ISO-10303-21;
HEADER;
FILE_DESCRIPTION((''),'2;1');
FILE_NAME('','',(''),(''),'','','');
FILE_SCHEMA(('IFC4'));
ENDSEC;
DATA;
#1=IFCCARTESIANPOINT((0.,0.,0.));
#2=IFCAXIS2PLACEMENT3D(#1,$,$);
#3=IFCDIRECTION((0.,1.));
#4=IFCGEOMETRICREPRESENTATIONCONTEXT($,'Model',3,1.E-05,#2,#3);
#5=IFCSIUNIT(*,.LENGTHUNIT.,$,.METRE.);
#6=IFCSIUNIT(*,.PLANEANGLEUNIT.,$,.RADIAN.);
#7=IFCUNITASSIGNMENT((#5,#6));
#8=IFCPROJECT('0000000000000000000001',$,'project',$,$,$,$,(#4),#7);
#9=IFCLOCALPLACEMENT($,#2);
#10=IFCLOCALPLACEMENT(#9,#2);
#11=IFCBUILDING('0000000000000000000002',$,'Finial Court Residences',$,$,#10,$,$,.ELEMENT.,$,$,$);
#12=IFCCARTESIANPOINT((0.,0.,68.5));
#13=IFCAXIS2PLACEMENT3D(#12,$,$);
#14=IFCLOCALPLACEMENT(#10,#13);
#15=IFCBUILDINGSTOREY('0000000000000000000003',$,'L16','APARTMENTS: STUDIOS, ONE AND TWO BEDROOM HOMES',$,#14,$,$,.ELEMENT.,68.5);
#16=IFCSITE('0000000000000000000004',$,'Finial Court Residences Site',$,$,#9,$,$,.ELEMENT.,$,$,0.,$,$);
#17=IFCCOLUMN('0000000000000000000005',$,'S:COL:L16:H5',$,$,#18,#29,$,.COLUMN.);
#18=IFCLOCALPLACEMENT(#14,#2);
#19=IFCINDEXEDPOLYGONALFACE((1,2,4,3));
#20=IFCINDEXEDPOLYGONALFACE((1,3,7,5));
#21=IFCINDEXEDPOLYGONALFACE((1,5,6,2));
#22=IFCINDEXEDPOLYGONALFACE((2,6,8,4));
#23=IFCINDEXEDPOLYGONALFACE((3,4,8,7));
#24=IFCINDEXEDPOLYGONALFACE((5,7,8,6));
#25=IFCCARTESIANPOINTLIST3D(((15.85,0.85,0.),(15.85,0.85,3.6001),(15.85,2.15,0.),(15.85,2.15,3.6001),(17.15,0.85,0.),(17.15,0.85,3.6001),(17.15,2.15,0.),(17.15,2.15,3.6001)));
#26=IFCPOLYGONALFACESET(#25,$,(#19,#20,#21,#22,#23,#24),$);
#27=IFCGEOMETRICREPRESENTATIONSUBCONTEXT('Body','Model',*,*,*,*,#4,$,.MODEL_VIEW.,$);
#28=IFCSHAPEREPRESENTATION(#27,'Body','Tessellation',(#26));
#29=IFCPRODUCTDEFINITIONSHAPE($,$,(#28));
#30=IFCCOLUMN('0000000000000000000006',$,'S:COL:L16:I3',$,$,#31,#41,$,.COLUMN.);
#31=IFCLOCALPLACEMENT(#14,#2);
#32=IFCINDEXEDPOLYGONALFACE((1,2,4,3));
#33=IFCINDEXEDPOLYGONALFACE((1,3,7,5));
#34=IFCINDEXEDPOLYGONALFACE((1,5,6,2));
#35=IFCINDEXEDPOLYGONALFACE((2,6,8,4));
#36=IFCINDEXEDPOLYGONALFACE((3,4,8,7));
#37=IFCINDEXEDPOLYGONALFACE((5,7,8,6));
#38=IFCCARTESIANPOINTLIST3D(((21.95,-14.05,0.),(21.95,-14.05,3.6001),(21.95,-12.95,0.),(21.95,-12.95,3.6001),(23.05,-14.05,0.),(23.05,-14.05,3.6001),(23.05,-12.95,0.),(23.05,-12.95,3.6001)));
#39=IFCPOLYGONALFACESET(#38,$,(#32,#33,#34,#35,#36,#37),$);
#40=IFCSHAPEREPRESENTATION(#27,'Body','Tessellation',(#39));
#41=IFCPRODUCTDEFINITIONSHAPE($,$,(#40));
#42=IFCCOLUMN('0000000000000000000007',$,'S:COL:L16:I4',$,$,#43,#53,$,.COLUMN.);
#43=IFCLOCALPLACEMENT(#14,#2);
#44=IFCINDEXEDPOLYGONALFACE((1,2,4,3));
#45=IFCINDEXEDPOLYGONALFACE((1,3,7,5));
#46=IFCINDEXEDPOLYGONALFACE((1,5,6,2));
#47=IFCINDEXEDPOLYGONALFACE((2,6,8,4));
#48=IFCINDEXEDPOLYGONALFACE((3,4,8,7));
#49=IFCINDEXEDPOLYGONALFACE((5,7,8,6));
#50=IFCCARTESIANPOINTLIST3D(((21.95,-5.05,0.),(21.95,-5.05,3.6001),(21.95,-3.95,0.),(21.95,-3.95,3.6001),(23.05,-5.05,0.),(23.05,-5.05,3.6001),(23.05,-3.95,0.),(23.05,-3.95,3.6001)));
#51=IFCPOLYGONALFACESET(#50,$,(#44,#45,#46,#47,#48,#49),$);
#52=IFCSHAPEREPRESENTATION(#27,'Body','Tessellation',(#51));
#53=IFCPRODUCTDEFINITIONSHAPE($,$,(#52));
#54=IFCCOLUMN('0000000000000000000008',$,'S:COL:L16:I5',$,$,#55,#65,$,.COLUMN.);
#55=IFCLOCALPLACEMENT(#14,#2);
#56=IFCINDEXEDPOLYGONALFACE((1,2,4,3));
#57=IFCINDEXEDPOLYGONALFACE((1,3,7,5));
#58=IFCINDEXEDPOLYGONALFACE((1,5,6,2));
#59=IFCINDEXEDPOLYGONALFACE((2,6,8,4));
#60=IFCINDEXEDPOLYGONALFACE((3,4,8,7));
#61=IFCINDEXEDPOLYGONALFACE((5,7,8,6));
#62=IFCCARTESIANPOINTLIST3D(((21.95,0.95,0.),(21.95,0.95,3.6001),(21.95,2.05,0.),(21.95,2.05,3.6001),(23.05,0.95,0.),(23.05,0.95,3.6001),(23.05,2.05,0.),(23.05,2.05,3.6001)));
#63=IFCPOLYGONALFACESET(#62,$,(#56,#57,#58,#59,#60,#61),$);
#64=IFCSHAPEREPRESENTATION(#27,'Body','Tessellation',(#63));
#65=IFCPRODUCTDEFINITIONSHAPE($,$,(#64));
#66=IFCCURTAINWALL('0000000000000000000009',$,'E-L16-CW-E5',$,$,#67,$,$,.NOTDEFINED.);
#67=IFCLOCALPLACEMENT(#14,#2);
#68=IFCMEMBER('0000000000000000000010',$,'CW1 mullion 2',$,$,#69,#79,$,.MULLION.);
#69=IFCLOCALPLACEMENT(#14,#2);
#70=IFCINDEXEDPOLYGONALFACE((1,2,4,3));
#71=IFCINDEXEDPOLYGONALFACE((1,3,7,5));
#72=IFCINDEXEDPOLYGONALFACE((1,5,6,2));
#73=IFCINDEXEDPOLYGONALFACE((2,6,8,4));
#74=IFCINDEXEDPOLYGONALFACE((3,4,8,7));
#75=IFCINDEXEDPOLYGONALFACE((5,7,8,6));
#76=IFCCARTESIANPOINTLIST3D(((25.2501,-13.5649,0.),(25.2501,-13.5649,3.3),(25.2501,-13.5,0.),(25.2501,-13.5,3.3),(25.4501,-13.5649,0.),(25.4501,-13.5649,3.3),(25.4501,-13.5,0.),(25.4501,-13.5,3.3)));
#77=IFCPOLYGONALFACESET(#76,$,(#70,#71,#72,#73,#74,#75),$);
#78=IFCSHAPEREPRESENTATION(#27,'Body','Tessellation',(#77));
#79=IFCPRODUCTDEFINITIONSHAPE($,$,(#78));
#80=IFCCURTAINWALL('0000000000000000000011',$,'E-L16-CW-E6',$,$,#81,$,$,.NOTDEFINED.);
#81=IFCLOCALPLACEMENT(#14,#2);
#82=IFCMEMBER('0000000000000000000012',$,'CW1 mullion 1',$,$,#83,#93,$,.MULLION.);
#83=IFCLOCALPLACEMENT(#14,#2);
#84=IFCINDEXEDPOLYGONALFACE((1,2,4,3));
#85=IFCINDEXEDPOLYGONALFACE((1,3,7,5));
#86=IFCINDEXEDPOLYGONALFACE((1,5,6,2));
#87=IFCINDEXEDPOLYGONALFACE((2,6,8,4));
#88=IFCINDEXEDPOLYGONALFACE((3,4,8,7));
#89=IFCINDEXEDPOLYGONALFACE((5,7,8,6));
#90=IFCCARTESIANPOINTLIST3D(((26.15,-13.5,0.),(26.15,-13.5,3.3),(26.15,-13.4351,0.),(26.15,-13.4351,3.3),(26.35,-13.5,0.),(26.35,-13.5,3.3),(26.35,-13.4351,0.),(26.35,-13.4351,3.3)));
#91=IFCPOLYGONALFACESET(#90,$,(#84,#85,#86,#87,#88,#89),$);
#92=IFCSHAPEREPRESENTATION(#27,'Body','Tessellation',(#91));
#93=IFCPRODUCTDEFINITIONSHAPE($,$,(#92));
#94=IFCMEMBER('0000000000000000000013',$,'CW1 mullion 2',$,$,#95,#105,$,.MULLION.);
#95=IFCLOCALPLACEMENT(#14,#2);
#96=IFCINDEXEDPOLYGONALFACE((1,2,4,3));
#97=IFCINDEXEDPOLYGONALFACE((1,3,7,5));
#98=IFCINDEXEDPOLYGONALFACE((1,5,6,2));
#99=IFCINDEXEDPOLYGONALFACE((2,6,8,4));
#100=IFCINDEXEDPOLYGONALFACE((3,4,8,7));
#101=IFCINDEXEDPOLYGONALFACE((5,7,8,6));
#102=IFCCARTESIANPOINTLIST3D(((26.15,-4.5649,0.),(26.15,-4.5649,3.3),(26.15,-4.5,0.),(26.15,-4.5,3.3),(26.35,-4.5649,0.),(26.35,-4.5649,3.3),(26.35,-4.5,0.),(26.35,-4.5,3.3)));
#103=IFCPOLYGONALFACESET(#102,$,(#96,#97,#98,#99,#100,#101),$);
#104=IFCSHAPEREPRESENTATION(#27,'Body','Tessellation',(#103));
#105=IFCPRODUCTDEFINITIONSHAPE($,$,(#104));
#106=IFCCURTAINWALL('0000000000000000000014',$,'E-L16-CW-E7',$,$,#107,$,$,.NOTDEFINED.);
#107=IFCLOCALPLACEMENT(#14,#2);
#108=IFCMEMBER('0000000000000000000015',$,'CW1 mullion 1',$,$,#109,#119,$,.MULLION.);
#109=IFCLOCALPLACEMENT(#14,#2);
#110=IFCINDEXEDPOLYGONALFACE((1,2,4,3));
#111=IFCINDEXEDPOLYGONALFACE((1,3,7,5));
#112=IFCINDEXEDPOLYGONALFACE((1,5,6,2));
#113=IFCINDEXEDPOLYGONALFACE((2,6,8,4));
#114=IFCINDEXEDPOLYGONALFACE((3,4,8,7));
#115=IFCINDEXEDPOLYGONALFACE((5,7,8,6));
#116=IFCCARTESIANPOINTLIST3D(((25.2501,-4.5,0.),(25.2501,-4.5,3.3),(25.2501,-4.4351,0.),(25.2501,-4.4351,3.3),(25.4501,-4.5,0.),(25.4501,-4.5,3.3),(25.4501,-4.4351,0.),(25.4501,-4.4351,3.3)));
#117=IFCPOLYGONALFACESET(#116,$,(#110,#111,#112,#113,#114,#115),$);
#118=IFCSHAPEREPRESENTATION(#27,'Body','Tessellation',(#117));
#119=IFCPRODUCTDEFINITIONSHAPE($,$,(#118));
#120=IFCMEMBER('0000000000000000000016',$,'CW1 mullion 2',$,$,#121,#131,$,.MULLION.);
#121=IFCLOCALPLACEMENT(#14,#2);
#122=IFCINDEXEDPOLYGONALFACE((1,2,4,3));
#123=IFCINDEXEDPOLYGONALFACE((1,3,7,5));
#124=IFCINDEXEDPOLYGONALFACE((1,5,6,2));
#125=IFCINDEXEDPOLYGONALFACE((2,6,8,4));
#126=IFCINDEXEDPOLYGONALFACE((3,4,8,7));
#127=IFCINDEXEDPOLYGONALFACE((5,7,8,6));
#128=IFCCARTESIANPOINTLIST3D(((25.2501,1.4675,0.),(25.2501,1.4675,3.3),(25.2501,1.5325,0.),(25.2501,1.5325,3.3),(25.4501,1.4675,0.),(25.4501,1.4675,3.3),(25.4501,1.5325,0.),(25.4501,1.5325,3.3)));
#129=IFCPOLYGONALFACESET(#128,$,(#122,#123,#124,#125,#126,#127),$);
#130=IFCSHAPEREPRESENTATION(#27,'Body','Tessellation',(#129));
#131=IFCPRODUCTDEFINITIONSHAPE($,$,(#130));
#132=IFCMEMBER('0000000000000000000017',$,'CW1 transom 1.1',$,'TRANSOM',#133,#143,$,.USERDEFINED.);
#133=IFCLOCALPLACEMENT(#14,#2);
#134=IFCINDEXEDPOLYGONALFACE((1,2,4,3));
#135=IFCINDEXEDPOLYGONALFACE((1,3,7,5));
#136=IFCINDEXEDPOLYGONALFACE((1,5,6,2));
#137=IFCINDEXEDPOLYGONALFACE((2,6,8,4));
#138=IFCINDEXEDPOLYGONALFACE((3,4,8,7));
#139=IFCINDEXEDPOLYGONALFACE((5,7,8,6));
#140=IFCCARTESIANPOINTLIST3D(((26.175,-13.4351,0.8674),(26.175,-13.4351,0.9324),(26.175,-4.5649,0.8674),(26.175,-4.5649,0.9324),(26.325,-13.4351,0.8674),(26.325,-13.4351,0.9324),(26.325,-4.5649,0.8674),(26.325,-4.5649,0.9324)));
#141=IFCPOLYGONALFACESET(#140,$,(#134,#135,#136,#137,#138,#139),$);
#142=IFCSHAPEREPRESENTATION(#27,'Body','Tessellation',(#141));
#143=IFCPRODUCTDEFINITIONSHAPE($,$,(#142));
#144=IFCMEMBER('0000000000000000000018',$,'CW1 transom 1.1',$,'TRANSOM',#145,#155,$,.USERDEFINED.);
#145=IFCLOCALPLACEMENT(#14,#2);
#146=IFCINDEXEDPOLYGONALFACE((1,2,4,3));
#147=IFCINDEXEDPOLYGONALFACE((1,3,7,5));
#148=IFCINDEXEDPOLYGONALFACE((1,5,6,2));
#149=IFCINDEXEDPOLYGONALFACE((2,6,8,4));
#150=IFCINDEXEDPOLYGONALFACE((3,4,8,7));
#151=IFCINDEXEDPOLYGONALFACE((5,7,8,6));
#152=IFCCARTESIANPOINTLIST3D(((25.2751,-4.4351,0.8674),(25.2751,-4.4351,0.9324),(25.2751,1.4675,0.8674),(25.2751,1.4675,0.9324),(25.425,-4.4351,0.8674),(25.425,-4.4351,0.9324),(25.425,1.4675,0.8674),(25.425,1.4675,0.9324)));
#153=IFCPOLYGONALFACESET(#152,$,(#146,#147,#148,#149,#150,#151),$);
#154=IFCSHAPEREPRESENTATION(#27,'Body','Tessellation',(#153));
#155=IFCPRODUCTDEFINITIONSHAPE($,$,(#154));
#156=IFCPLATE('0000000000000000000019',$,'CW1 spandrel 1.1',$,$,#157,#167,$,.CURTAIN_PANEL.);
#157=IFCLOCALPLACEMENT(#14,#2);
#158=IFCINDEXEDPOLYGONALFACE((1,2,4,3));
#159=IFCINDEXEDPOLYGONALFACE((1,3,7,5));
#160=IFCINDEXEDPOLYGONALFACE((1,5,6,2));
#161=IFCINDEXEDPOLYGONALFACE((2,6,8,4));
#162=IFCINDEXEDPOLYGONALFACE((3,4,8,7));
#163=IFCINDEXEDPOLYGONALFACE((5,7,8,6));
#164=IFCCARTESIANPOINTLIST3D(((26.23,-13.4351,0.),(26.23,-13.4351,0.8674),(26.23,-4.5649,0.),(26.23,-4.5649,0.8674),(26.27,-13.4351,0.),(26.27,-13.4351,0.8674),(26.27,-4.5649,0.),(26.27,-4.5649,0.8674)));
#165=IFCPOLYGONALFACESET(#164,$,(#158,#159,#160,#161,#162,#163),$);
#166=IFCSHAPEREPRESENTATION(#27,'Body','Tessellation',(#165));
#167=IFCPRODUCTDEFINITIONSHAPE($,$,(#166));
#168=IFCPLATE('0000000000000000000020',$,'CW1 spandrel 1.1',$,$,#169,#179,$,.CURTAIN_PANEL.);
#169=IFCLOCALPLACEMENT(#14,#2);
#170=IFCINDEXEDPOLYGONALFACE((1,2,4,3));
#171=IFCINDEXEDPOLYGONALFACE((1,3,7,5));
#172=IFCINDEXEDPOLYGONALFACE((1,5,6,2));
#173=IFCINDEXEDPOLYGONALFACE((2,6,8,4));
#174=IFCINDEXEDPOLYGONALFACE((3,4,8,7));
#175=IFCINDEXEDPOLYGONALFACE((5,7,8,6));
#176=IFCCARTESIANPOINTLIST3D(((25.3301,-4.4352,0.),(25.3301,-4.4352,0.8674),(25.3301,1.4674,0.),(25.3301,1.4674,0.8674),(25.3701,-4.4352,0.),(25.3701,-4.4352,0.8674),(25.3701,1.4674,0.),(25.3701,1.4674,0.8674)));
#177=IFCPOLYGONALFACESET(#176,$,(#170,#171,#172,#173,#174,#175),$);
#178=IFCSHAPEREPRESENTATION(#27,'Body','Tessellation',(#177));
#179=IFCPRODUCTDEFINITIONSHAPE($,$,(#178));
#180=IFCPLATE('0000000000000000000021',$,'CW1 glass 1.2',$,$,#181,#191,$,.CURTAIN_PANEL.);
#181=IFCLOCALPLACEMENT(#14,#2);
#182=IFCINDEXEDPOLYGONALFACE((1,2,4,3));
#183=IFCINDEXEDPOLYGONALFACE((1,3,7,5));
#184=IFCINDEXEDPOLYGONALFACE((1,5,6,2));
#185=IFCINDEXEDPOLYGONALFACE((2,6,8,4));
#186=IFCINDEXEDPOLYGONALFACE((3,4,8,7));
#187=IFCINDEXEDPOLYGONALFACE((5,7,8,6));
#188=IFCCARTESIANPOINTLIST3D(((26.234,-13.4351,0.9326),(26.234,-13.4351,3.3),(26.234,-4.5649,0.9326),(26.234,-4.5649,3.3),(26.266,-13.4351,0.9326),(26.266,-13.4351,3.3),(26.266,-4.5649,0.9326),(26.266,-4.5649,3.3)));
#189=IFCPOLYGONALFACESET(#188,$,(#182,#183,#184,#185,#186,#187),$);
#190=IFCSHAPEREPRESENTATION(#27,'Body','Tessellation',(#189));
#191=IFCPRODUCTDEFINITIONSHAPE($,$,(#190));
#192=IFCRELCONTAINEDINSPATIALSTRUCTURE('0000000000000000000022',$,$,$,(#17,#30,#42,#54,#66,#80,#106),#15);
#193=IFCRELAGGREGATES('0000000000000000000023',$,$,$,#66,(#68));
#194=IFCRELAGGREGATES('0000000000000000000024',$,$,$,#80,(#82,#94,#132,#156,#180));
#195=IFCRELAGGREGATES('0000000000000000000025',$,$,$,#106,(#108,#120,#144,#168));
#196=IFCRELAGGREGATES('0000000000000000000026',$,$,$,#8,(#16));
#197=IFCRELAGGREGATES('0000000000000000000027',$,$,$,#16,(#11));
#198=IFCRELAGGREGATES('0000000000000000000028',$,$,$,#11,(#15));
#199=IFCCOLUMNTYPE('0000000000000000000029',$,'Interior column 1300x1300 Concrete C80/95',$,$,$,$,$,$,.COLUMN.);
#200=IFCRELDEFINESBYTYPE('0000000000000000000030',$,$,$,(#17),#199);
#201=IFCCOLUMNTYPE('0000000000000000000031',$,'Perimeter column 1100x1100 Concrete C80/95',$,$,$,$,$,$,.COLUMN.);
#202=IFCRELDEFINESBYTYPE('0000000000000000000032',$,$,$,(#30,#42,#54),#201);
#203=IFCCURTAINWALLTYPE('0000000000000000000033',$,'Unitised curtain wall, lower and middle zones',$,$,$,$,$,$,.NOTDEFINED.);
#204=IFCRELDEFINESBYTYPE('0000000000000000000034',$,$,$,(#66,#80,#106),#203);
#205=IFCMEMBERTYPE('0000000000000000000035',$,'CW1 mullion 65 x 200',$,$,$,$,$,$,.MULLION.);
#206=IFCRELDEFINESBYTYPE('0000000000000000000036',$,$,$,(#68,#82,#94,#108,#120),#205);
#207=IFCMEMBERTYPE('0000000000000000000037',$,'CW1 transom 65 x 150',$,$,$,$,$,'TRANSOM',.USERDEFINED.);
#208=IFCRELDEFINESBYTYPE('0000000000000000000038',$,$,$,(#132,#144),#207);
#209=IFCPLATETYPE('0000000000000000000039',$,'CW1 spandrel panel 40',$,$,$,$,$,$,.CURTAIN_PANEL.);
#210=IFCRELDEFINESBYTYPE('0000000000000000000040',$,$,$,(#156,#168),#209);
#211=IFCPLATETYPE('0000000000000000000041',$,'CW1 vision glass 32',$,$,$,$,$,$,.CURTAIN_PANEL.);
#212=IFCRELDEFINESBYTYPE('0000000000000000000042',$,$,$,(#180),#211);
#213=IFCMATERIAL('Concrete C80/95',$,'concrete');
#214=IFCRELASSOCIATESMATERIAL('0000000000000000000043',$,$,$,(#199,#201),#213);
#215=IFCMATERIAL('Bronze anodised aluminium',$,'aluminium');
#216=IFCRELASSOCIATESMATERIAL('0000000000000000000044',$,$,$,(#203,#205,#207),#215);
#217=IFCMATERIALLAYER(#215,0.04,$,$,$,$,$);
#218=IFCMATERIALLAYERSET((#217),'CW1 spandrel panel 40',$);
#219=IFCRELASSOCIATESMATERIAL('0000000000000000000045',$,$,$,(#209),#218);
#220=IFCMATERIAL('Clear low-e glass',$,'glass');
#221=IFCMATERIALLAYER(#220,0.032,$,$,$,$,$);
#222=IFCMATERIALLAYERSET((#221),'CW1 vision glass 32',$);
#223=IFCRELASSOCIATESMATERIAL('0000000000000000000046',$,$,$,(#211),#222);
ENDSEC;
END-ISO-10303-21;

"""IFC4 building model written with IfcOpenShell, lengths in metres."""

from ifc_helpers import new_model, si_unit, direction, frame, origin, origin_2d, place, context, subcontext, project, spatial, rectangle, extrude, material, layer, layer_set, material_profile, profile_set, type_object, element, aggregate, save


model = new_model("IFC4")

# Units and contexts
model_context = context("Model", 3, precision=1e-05, world=origin(), true_north=direction((0.0, 1.0)))
body_context = subcontext(model_context, "Body", "Model", "MODEL_VIEW")
ifc_project = project(units=[si_unit("LENGTHUNIT", "METRE"), si_unit("PLANEANGLEUNIT", "RADIAN")], contexts=[model_context])

# Site, building, storey
site_placement = place(None, origin())
site = spatial("IfcSite", under=ifc_project, at=site_placement, Name="Finial Court Residences Site", CompositionType="ELEMENT", RefElevation=0.0)
building_placement = place(site_placement, origin())
building = spatial("IfcBuilding", under=site, at=building_placement, Name="Finial Court Residences", CompositionType="ELEMENT")
storey_placement = place(building_placement, frame((0.0, 0.0, 68.5)))
storey = spatial("IfcBuildingStorey", under=building, at=storey_placement, Name="L16", Description="APARTMENTS: STUDIOS, ONE AND TWO BEDROOM HOMES", CompositionType="ELEMENT", Elevation=68.5)

# Columns
ifc_material_1 = material(Name="Concrete C80/95", Category="concrete")
ifc_material_profile_1 = material_profile(ifc_material_1, rectangle(XDim=1.3, YDim=1.3, at=origin_2d()), Name="1300x1300")
ifc_profile_set_1 = profile_set([ifc_material_profile_1], Name="Concrete C80/95")
column_type_1 = type_object("IfcColumnType", Name="Interior column 1300x1300 Concrete C80/95", PredefinedType="COLUMN", material=ifc_profile_set_1)
column_placement = place(storey_placement, frame((16.5, 1.5, 0.0), z_axis=(0.0, 0.0, 1.0), x_axis=(1.0, 0.0, 0.0)))
element("IfcColumn", 1, at=column_placement, inside=storey, type_object=column_type_1, Name="S:COL:L16:H5", PredefinedType="COLUMN", context=body_context, shape_type="SweptSolid", body=[
    extrude(rectangle(XDim=1.3, YDim=1.3, at=origin_2d()), origin(), (0.0, 0.0, 1.0), 3.6001),
])
ifc_material_profile_2 = material_profile(ifc_material_1, rectangle(XDim=1.1001, YDim=1.1001, at=origin_2d()), Name="1100x1100")
ifc_profile_set_2 = profile_set([ifc_material_profile_2], Name="Concrete C80/95")
column_type_2 = type_object("IfcColumnType", Name="Perimeter column 1100x1100 Concrete C80/95", PredefinedType="COLUMN", material=ifc_profile_set_2)
for number, where, z_axis, x_axis, name in (
    (2, (22.5, -13.5, 0.0), (0.0, 0.0, 1.0), (1.0, 0.0, 0.0), "S:COL:L16:I3"),
    (3, (22.5, -4.5, 0.0), (0.0, 0.0, 1.0), (1.0, 0.0, 0.0), "S:COL:L16:I4"),
    (4, (22.5, 1.5, 0.0), (0.0, 0.0, 1.0), (1.0, 0.0, 0.0), "S:COL:L16:I5"),
):
    element("IfcColumn", number, at=place(storey_placement, frame(where, z_axis=z_axis, x_axis=x_axis)), inside=storey, type_object=column_type_2, Name=name, PredefinedType="COLUMN", context=body_context, shape_type="SweptSolid", body=[
        extrude(rectangle(XDim=1.1001, YDim=1.1001, at=origin_2d()), origin(), (0.0, 0.0, 1.0), 3.6001),
    ])

# Curtain wall, member
ifc_material_2 = material(Name="Bronze anodised aluminium", Category="aluminium")
curtain_wall_type = type_object("IfcCurtainWallType", Name="Unitised curtain wall, lower and middle zones", PredefinedType="NOTDEFINED", material=ifc_material_2)
curtain_wall_1_placement = place(storey_placement, origin())
curtain_wall_1 = element("IfcCurtainWall", 5, at=curtain_wall_1_placement, inside=storey, type_object=curtain_wall_type, Name="E-L16-CW-E5", PredefinedType="NOTDEFINED")
ifc_material_profile_3 = material_profile(ifc_material_2, rectangle(XDim=0.2, YDim=0.0649, at=origin_2d()), Name="CW1 mullion 65 x 200")
ifc_profile_set_3 = profile_set([ifc_material_profile_3], Name="Bronze anodised aluminium")
member_type_1 = type_object("IfcMemberType", Name="CW1 mullion 65 x 200", PredefinedType="MULLION", material=ifc_profile_set_3)
member_1_placement = place(storey_placement, frame((25.3501, -13.5325, 0.0), z_axis=(0.0, 0.0, 1.0), x_axis=(-1.0, 0.0, 0.0)))
member_1 = element("IfcMember", 6, at=member_1_placement, type_object=member_type_1, Name="CW1 mullion 2", PredefinedType="MULLION", context=body_context, shape_type="SweptSolid", body=[
    extrude(rectangle(XDim=0.2, YDim=0.0649, at=origin_2d()), origin(), (0.0, 0.0, 1.0), 3.3),
])
aggregate(curtain_wall_1, [member_1])

# Curtain walls, members
curtain_wall_2_placement = place(storey_placement, origin())
curtain_wall_2 = element("IfcCurtainWall", 7, at=curtain_wall_2_placement, inside=storey, type_object=curtain_wall_type, Name="E-L16-CW-E6", PredefinedType="NOTDEFINED")
member_2_placement = place(storey_placement, frame((26.25, -13.4675, 0.0), z_axis=(0.0, 0.0, 1.0), x_axis=(-1.0, 0.0, 0.0)))
member_2 = element("IfcMember", 8, at=member_2_placement, type_object=member_type_1, Name="CW1 mullion 1", PredefinedType="MULLION", context=body_context, shape_type="SweptSolid", body=[
    extrude(rectangle(XDim=0.2, YDim=0.0649, at=origin_2d()), origin(), (0.0, 0.0, 1.0), 3.3),
])
member_3_placement = place(storey_placement, frame((26.25, -4.5325, 0.0), z_axis=(0.0, 0.0, 1.0), x_axis=(-1.0, 0.0, 0.0)))
member_3 = element("IfcMember", 9, at=member_3_placement, type_object=member_type_1, Name="CW1 mullion 2", PredefinedType="MULLION", context=body_context, shape_type="SweptSolid", body=[
    extrude(rectangle(XDim=0.2, YDim=0.0649, at=origin_2d()), origin(), (0.0, 0.0, 1.0), 3.3),
])
curtain_wall_3_placement = place(storey_placement, origin())
curtain_wall_3 = element("IfcCurtainWall", 10, at=curtain_wall_3_placement, inside=storey, type_object=curtain_wall_type, Name="E-L16-CW-E7", PredefinedType="NOTDEFINED")
member_4_placement = place(storey_placement, frame((25.3501, -4.4675, 0.0), z_axis=(0.0, 0.0, 1.0), x_axis=(-1.0, 0.0, 0.0)))
member_4 = element("IfcMember", 11, at=member_4_placement, type_object=member_type_1, Name="CW1 mullion 1", PredefinedType="MULLION", context=body_context, shape_type="SweptSolid", body=[
    extrude(rectangle(XDim=0.2, YDim=0.0649, at=origin_2d()), origin(), (0.0, 0.0, 1.0), 3.3),
])
member_5_placement = place(storey_placement, frame((25.3501, 1.5, 0.0), z_axis=(0.0, 0.0, 1.0), x_axis=(-1.0, 0.0, 0.0)))
member_5 = element("IfcMember", 12, at=member_5_placement, type_object=member_type_1, Name="CW1 mullion 2", PredefinedType="MULLION", context=body_context, shape_type="SweptSolid", body=[
    extrude(rectangle(XDim=0.2, YDim=0.0649, at=origin_2d()), origin(), (0.0, 0.0, 1.0), 3.3),
])

# Members
ifc_material_profile_4 = material_profile(ifc_material_2, rectangle(XDim=0.1499, YDim=0.0649, at=origin_2d()), Name="CW1 transom 65 x 150")
ifc_profile_set_4 = profile_set([ifc_material_profile_4], Name="Bronze anodised aluminium")
member_type_2 = type_object("IfcMemberType", Name="CW1 transom 65 x 150", ElementType="TRANSOM", PredefinedType="USERDEFINED", material=ifc_profile_set_4)
member_6_placement = place(storey_placement, frame((26.25, -13.4351, 0.8999), z_axis=(0.0, 1.0, 0.0), x_axis=(-1.0, 0.0, 0.0)))
member_6 = element("IfcMember", 13, at=member_6_placement, type_object=member_type_2, Name="CW1 transom 1.1", ObjectType="TRANSOM", PredefinedType="USERDEFINED", context=body_context, shape_type="SweptSolid", body=[
    extrude(rectangle(XDim=0.1499, YDim=0.0649, at=origin_2d()), origin(), (0.0, 0.0, 1.0), 8.8701),
])
member_7_placement = place(storey_placement, frame((25.3501, -4.4351, 0.8999), z_axis=(0.0, 1.0, 0.0), x_axis=(-1.0, 0.0, 0.0)))
member_7 = element("IfcMember", 14, at=member_7_placement, type_object=member_type_2, Name="CW1 transom 1.1", ObjectType="TRANSOM", PredefinedType="USERDEFINED", context=body_context, shape_type="SweptSolid", body=[
    extrude(rectangle(XDim=0.1499, YDim=0.0649, at=origin_2d()), origin(), (0.0, 0.0, 1.0), 5.9026),
])

# Plates
ifc_layer_1 = layer(ifc_material_2, 0.04)
ifc_layer_set_1 = layer_set([ifc_layer_1], Name="CW1 spandrel panel 40")
plate_type_1 = type_object("IfcPlateType", Name="CW1 spandrel panel 40", PredefinedType="CURTAIN_PANEL", material=ifc_layer_set_1)
plate_1_placement = place(storey_placement, frame((26.25, -9.0, 0.0), z_axis=(0.0, 0.0, 1.0), x_axis=(0.0, 1.0, 0.0)))
plate_1 = element("IfcPlate", 15, at=plate_1_placement, type_object=plate_type_1, Name="CW1 spandrel 1.1", PredefinedType="CURTAIN_PANEL", context=body_context, shape_type="SweptSolid", body=[
    extrude(rectangle(XDim=8.8701, YDim=0.04, at=origin_2d()), origin(), (0.0, 0.0, 1.0), 0.8674),
])
plate_2_placement = place(storey_placement, frame((25.3501, -1.4839, 0.0), z_axis=(0.0, 0.0, 1.0), x_axis=(0.0, 1.0, 0.0)))
plate_2 = element("IfcPlate", 16, at=plate_2_placement, type_object=plate_type_1, Name="CW1 spandrel 1.1", PredefinedType="CURTAIN_PANEL", context=body_context, shape_type="SweptSolid", body=[
    extrude(rectangle(XDim=5.9026, YDim=0.04, at=origin_2d()), origin(), (0.0, 0.0, 1.0), 0.8674),
])
ifc_material_3 = material(Name="Clear low-e glass", Category="glass")
ifc_layer_2 = layer(ifc_material_3, 0.032)
ifc_layer_set_2 = layer_set([ifc_layer_2], Name="CW1 vision glass 32")
plate_type_2 = type_object("IfcPlateType", Name="CW1 vision glass 32", PredefinedType="CURTAIN_PANEL", material=ifc_layer_set_2)
plate_3_placement = place(storey_placement, frame((26.25, -9.0, 0.9326), z_axis=(0.0, 0.0, 1.0), x_axis=(0.0, 1.0, 0.0)))
plate_3 = element("IfcPlate", 17, at=plate_3_placement, type_object=plate_type_2, Name="CW1 glass 1.2", PredefinedType="CURTAIN_PANEL", context=body_context, shape_type="SweptSolid", body=[
    extrude(rectangle(XDim=8.8701, YDim=0.032, at=origin_2d()), origin(), (0.0, 0.0, 1.0), 2.3674),
])
aggregate(curtain_wall_2, [member_2, member_3, member_6, plate_1, plate_3])
aggregate(curtain_wall_3, [member_4, member_5, member_7, plate_2])

save(model, "model.ifc")
